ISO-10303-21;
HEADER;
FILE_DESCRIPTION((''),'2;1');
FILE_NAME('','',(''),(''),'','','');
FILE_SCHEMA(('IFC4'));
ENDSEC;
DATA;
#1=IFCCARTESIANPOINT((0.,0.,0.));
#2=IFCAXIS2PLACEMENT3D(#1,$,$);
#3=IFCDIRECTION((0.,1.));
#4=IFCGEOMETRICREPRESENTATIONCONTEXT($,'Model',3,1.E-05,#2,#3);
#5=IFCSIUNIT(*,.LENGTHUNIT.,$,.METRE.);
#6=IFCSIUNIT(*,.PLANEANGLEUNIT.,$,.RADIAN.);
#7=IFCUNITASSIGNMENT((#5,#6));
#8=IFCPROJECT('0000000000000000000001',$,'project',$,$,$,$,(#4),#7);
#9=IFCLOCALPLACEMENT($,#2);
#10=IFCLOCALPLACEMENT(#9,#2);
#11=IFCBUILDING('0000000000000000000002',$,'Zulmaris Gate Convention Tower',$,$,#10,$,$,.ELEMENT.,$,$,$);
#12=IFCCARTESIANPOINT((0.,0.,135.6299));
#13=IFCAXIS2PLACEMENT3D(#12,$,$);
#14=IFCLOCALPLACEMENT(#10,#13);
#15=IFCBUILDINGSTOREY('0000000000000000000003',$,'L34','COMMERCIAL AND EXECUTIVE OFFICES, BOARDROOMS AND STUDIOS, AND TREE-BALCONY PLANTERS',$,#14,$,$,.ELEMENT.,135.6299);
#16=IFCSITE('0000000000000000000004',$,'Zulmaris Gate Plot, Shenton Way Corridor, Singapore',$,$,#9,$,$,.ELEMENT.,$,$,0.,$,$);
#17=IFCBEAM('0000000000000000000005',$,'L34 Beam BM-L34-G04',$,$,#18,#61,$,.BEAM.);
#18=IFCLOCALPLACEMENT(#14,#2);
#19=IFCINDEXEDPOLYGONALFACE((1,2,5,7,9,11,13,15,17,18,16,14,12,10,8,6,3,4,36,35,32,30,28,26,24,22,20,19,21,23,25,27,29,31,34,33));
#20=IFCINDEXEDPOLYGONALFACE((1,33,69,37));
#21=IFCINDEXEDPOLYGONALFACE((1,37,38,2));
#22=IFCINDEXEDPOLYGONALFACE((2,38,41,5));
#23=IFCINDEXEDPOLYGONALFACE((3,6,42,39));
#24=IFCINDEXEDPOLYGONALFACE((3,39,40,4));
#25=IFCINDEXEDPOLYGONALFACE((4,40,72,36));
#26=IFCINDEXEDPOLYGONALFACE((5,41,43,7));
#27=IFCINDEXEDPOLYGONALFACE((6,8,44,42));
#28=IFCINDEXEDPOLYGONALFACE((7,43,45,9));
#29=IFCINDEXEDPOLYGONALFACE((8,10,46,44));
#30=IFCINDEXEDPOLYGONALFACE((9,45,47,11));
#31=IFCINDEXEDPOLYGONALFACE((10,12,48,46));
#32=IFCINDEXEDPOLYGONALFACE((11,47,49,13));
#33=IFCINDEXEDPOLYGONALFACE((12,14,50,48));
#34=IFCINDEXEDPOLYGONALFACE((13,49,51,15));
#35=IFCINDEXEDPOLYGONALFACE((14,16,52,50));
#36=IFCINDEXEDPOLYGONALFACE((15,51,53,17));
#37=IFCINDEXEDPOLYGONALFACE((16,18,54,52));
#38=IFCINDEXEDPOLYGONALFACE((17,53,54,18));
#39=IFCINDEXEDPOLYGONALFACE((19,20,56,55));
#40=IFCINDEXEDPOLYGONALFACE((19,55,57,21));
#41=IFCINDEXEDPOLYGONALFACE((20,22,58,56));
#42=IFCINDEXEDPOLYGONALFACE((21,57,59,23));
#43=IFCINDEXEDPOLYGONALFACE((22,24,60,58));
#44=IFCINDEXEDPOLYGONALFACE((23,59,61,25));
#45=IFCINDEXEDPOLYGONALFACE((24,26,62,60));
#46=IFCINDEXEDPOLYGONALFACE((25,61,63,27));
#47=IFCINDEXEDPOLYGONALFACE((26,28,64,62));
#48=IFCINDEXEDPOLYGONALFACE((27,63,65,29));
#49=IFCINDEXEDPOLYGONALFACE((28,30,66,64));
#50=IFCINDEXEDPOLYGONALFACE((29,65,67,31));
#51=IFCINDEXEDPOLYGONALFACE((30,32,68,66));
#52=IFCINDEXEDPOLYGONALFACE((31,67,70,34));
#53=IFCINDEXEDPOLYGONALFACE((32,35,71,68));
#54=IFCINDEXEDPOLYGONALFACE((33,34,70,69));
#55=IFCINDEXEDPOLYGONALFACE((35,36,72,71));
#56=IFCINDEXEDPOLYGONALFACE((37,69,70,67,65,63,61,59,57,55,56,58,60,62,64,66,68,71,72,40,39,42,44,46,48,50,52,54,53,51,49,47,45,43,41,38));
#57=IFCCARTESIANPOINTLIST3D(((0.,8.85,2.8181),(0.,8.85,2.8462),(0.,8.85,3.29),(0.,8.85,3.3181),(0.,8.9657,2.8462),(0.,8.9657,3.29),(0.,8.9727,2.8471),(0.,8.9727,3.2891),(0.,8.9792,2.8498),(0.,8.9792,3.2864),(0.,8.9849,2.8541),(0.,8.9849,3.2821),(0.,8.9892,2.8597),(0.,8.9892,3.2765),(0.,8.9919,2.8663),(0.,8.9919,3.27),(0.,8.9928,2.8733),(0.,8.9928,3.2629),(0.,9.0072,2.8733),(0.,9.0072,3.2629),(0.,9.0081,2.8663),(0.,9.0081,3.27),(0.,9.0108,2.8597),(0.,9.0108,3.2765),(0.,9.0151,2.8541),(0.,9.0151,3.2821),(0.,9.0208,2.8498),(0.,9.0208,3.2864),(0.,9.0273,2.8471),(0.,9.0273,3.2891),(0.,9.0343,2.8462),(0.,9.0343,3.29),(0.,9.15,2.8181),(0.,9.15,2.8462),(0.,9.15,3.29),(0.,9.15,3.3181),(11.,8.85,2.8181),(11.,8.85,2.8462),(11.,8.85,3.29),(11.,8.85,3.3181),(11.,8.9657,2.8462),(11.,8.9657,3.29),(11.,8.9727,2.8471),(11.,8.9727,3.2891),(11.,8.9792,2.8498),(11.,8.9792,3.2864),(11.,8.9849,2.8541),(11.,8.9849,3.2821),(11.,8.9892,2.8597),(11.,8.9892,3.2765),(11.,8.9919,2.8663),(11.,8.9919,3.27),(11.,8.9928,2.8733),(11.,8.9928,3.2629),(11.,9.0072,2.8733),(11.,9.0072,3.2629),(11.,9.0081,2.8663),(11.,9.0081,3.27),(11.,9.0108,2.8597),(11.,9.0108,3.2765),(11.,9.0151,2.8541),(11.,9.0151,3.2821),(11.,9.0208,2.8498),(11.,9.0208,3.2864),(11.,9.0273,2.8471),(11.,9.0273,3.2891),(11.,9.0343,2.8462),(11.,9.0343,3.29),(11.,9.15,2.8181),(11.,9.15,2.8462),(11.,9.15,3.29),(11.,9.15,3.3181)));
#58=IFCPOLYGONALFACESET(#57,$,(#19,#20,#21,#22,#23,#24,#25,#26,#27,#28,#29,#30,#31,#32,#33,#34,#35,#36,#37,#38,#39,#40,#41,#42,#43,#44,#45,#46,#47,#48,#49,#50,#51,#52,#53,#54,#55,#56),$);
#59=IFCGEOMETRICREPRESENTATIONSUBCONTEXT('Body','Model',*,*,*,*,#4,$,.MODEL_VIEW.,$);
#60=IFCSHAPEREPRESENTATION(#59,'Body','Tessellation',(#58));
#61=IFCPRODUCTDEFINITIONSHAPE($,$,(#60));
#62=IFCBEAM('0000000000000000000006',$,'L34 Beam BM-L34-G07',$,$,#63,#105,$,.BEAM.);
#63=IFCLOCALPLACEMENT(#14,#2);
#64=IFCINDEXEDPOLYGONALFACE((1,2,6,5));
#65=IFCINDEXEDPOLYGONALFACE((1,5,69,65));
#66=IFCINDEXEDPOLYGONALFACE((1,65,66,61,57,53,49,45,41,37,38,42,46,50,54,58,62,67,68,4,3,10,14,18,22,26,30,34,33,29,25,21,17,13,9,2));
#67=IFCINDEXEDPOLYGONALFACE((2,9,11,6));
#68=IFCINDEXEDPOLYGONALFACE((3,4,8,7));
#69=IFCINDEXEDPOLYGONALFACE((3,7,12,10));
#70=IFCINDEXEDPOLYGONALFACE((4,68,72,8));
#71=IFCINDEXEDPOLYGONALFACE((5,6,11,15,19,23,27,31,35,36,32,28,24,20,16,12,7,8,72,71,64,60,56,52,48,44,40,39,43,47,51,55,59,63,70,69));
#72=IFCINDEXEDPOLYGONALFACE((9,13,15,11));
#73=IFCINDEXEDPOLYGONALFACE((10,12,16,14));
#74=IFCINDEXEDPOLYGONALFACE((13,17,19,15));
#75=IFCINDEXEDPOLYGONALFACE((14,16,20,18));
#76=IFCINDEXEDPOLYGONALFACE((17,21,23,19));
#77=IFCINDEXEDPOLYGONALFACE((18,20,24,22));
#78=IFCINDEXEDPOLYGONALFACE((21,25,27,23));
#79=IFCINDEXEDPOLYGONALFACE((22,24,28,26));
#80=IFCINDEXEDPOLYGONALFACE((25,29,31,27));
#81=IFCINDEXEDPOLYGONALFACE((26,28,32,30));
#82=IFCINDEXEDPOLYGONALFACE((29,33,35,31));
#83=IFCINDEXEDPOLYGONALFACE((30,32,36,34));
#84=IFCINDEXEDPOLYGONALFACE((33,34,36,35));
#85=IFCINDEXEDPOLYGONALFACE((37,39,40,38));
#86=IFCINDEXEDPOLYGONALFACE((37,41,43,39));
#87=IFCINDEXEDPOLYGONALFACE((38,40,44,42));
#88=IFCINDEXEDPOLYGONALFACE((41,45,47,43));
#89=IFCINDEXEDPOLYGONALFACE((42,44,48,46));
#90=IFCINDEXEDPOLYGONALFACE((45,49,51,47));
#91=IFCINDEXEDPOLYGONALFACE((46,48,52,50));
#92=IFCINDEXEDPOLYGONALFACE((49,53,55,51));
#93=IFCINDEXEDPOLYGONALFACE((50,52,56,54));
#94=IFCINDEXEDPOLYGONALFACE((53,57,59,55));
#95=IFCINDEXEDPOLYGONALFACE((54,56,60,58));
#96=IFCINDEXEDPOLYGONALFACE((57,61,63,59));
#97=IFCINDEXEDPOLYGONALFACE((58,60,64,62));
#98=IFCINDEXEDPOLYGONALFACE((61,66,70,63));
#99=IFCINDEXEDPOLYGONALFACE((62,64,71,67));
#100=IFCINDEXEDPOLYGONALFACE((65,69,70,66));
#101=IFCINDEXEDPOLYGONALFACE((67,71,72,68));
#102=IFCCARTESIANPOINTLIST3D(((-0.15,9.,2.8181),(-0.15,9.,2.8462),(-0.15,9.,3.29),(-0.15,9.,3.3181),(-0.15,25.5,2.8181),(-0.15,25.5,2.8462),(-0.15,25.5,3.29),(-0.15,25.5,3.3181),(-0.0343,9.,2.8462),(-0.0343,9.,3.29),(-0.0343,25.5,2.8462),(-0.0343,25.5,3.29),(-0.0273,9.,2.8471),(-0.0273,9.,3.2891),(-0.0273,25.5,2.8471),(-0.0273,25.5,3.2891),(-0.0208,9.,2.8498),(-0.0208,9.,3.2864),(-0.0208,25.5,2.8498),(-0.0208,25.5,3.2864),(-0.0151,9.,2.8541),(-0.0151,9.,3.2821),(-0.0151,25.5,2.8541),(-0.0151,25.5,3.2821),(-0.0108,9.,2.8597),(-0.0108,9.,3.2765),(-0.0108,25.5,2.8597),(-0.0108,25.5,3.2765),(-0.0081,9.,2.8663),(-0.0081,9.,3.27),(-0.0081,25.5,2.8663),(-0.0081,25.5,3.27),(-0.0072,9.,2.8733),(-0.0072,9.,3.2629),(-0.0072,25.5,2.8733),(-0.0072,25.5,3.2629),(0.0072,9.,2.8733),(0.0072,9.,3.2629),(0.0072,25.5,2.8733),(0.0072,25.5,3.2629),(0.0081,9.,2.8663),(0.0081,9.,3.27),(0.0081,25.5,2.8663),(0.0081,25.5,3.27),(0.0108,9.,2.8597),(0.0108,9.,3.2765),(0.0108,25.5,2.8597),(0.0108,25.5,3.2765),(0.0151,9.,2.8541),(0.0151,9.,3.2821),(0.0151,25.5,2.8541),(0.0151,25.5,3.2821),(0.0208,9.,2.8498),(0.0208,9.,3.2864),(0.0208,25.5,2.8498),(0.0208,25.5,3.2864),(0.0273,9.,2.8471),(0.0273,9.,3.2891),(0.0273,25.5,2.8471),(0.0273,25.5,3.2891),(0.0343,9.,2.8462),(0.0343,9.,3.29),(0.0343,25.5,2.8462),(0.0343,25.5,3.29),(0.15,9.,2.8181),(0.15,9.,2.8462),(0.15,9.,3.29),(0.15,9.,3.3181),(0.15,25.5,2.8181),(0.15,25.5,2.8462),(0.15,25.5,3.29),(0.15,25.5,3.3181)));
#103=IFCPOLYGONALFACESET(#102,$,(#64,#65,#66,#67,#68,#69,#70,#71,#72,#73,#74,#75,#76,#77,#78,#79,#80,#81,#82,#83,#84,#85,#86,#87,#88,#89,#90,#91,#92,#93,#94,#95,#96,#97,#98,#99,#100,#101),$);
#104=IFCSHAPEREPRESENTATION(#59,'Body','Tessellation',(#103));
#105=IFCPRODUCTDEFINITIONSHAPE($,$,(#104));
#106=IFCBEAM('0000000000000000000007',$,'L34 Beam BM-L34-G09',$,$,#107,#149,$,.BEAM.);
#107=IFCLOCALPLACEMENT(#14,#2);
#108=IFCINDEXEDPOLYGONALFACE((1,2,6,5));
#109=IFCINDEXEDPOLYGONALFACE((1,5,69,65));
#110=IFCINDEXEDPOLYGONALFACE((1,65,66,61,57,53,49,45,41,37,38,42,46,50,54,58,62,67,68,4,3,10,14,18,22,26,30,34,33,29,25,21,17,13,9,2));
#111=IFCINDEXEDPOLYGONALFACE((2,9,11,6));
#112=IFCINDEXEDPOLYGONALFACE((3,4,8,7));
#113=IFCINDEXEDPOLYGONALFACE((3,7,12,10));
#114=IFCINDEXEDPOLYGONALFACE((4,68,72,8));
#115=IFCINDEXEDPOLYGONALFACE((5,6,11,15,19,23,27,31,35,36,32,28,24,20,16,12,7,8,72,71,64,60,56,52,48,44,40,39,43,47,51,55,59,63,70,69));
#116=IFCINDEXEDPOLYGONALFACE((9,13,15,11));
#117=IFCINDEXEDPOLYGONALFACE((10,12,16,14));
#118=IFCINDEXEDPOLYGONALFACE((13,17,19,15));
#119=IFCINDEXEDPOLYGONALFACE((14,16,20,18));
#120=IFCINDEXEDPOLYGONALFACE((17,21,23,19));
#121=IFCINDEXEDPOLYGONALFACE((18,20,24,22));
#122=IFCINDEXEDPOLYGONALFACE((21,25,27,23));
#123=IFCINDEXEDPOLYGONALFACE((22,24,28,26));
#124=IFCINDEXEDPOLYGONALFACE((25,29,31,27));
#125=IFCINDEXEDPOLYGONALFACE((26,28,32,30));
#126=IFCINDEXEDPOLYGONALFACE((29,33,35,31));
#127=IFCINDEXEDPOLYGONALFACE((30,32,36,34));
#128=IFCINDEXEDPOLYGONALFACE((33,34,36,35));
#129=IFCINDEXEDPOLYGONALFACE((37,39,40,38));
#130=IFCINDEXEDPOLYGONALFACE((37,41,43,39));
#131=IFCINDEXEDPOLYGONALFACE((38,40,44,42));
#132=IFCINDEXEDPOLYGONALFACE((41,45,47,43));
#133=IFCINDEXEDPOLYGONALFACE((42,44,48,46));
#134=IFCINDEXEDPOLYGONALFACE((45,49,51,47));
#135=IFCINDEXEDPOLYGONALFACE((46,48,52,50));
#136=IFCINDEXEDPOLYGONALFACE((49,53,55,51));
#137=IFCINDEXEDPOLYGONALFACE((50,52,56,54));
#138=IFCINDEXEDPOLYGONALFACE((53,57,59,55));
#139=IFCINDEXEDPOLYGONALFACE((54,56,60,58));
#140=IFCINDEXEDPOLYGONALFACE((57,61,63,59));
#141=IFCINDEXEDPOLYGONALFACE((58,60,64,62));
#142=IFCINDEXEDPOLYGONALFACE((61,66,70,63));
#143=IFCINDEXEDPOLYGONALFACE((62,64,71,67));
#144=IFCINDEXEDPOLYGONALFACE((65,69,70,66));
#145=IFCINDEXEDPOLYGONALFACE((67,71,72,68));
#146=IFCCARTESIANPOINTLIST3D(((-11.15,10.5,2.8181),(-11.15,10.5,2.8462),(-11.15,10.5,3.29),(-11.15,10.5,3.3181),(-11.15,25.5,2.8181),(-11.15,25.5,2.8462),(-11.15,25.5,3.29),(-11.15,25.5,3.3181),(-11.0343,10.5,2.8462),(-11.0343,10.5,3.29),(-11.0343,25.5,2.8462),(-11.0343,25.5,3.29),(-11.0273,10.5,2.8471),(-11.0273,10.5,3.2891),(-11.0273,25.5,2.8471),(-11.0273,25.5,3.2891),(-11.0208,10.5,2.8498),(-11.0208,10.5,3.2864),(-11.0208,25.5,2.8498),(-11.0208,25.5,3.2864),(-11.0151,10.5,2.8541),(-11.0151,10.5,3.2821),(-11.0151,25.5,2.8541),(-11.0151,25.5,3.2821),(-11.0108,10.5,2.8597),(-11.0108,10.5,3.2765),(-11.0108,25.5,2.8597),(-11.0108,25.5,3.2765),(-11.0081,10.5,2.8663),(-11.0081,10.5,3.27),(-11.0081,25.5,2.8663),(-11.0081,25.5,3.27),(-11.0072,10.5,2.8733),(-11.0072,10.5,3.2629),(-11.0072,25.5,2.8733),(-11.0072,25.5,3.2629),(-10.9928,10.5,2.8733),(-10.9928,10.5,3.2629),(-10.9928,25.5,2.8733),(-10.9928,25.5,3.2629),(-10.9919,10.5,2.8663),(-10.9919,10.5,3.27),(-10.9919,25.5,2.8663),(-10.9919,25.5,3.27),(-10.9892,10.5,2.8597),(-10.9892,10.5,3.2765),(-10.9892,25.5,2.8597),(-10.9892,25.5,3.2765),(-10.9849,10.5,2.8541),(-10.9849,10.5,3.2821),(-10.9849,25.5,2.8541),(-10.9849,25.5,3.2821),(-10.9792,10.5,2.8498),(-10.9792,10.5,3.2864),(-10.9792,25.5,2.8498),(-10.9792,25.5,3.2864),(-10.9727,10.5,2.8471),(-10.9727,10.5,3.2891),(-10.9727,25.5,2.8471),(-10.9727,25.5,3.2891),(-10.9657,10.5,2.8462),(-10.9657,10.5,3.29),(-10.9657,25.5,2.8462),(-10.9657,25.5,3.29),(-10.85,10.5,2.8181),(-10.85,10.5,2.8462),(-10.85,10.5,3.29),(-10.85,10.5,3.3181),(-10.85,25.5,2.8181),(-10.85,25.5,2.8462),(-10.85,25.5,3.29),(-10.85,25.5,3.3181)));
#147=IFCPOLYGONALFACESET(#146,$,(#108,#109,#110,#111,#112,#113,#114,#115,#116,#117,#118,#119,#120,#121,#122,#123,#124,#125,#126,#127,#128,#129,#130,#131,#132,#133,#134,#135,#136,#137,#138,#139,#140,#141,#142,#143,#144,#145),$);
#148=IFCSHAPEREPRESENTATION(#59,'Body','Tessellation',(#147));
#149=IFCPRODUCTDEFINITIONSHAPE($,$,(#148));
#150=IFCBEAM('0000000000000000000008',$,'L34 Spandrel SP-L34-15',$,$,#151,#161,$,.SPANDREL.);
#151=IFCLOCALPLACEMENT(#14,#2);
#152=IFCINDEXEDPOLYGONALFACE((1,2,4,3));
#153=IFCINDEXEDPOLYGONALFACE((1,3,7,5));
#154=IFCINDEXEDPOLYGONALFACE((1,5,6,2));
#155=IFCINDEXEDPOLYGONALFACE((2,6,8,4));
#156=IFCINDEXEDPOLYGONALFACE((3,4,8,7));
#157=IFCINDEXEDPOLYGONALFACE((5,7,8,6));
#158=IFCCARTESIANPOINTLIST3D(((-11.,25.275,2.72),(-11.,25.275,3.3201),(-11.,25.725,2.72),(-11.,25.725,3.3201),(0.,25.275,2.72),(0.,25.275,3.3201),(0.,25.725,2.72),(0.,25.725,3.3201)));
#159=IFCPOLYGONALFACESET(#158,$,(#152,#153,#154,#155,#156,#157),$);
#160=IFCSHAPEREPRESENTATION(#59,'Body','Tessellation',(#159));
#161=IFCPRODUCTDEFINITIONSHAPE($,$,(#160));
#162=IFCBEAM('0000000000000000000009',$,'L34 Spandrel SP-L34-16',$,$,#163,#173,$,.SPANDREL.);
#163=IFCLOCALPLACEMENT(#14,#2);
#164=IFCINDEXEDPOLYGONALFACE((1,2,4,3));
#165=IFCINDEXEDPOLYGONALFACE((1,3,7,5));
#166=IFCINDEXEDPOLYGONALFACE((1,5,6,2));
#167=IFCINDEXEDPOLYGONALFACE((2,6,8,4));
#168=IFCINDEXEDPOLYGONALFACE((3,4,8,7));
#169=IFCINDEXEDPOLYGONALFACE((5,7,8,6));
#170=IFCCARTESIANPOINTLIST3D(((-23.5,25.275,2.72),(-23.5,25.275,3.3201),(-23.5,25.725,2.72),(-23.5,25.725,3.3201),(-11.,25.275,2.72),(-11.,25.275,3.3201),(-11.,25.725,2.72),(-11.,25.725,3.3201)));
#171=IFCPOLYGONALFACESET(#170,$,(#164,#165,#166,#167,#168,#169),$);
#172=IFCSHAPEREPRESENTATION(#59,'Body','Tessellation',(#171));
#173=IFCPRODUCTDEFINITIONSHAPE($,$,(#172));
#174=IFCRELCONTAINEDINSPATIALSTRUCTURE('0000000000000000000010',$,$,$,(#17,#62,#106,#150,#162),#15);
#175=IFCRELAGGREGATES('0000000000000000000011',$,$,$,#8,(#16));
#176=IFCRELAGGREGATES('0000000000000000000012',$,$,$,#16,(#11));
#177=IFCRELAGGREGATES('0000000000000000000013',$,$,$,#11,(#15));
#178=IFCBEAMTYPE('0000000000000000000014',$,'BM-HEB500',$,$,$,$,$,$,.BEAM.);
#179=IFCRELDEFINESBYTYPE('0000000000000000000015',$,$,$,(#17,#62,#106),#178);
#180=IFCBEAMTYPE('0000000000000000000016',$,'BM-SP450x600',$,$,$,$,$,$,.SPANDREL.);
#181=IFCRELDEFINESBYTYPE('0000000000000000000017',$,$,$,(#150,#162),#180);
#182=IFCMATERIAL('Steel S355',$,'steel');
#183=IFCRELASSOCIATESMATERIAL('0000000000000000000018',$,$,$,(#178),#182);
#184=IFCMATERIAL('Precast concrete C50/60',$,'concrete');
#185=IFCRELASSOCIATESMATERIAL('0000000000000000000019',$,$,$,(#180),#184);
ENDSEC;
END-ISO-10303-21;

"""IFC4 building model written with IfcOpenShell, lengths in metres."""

from ifc_helpers import new_model, si_unit, direction, frame, origin, origin_2d, place, context, subcontext, project, spatial, rectangle, i_section, extrude, material, material_profile, profile_set, type_object, element, save


model = new_model("IFC4")

# Units and contexts
model_context = context("Model", 3, precision=1e-05, world=origin(), true_north=direction((0.0, 1.0)))
body_context = subcontext(model_context, "Body", "Model", "MODEL_VIEW")
ifc_project = project(units=[si_unit("LENGTHUNIT", "METRE"), si_unit("PLANEANGLEUNIT", "RADIAN")], contexts=[model_context])

# Site, building, storey
site_placement = place(None, origin())
site = spatial("IfcSite", under=ifc_project, at=site_placement, Name="Zulmaris Gate Plot, Shenton Way Corridor, Singapore", CompositionType="ELEMENT", RefElevation=0.0)
building_placement = place(site_placement, origin())
building = spatial("IfcBuilding", under=site, at=building_placement, Name="Zulmaris Gate Convention Tower", CompositionType="ELEMENT")
storey_placement = place(building_placement, frame((0.0, 0.0, 135.6299)))
storey = spatial("IfcBuildingStorey", under=building, at=storey_placement, Name="L34", Description="COMMERCIAL AND EXECUTIVE OFFICES, BOARDROOMS AND STUDIOS, AND TREE-BALCONY PLANTERS", CompositionType="ELEMENT", Elevation=135.6299)

# Beams
ifc_material_1 = material(Name="Steel S355", Category="steel")
ifc_material_profile_1 = material_profile(ifc_material_1, i_section(OverallWidth=0.3, OverallDepth=0.5, WebThickness=0.0144, FlangeThickness=0.0281, FilletRadius=0.0271, at=origin_2d()), Name="HEB 500")
ifc_profile_set_1 = profile_set([ifc_material_profile_1], Name="Steel S355")
beam_type_1 = type_object("IfcBeamType", Name="BM-HEB500", PredefinedType="BEAM", material=ifc_profile_set_1)
for number, where, z_axis, x_axis, name in (
    (1, (0.0, 9.0, 3.0681), (1.0, 0.0, 0.0), (0.0, 1.0, 0.0), "L34 Beam BM-L34-G04"),
):
    element("IfcBeam", number, at=place(storey_placement, frame(where, z_axis=z_axis, x_axis=x_axis)), inside=storey, type_object=beam_type_1, Name=name, PredefinedType="BEAM", context=body_context, shape_type="SweptSolid", body=[
        extrude(i_section(OverallWidth=0.3, OverallDepth=0.5, WebThickness=0.0144, FlangeThickness=0.0281, FilletRadius=0.0271, at=origin_2d()), origin(), (0.0, 0.0, 1.0), 11.0),
    ])
beam_1_placement = place(storey_placement, frame((0.0, 9.0, 3.0681), z_axis=(0.0, 1.0, 0.0), x_axis=(-1.0, 0.0, 0.0)))
element("IfcBeam", 2, at=beam_1_placement, inside=storey, type_object=beam_type_1, Name="L34 Beam BM-L34-G07", PredefinedType="BEAM", context=body_context, shape_type="SweptSolid", body=[
    extrude(i_section(OverallWidth=0.3, OverallDepth=0.5, WebThickness=0.0144, FlangeThickness=0.0281, FilletRadius=0.0271, at=origin_2d()), origin(), (0.0, 0.0, 1.0), 16.5),
])
beam_2_placement = place(storey_placement, frame((-11.0, 10.5, 3.0681), z_axis=(0.0, 1.0, 0.0), x_axis=(-1.0, 0.0, 0.0)))
element("IfcBeam", 3, at=beam_2_placement, inside=storey, type_object=beam_type_1, Name="L34 Beam BM-L34-G09", PredefinedType="BEAM", context=body_context, shape_type="SweptSolid", body=[
    extrude(i_section(OverallWidth=0.3, OverallDepth=0.5, WebThickness=0.0144, FlangeThickness=0.0281, FilletRadius=0.0271, at=origin_2d()), origin(), (0.0, 0.0, 1.0), 15.0),
])
ifc_material_2 = material(Name="Precast concrete C50/60", Category="concrete")
ifc_material_profile_2 = material_profile(ifc_material_2, rectangle(XDim=0.45, YDim=0.6001, at=origin_2d()), Name="RC SPANDREL 450x600")
ifc_profile_set_2 = profile_set([ifc_material_profile_2], Name="Precast concrete C50/60")
beam_type_2 = type_object("IfcBeamType", Name="BM-SP450x600", PredefinedType="SPANDREL", material=ifc_profile_set_2)
beam_3_placement = place(storey_placement, frame((0.0, 25.5, 3.02), z_axis=(-1.0, 0.0, 0.0), x_axis=(0.0, -1.0, 0.0)))
element("IfcBeam", 4, at=beam_3_placement, inside=storey, type_object=beam_type_2, Name="L34 Spandrel SP-L34-15", PredefinedType="SPANDREL", context=body_context, shape_type="SweptSolid", body=[
    extrude(rectangle(XDim=0.45, YDim=0.6001, at=origin_2d()), origin(), (0.0, 0.0, 1.0), 11.0),
])
beam_4_placement = place(storey_placement, frame((-11.0, 25.5, 3.02), z_axis=(-1.0, 0.0, 0.0), x_axis=(0.0, -1.0, 0.0)))
element("IfcBeam", 5, at=beam_4_placement, inside=storey, type_object=beam_type_2, Name="L34 Spandrel SP-L34-16", PredefinedType="SPANDREL", context=body_context, shape_type="SweptSolid", body=[
    extrude(rectangle(XDim=0.45, YDim=0.6001, at=origin_2d()), origin(), (0.0, 0.0, 1.0), 12.5),
])

save(model, "model.ifc")
